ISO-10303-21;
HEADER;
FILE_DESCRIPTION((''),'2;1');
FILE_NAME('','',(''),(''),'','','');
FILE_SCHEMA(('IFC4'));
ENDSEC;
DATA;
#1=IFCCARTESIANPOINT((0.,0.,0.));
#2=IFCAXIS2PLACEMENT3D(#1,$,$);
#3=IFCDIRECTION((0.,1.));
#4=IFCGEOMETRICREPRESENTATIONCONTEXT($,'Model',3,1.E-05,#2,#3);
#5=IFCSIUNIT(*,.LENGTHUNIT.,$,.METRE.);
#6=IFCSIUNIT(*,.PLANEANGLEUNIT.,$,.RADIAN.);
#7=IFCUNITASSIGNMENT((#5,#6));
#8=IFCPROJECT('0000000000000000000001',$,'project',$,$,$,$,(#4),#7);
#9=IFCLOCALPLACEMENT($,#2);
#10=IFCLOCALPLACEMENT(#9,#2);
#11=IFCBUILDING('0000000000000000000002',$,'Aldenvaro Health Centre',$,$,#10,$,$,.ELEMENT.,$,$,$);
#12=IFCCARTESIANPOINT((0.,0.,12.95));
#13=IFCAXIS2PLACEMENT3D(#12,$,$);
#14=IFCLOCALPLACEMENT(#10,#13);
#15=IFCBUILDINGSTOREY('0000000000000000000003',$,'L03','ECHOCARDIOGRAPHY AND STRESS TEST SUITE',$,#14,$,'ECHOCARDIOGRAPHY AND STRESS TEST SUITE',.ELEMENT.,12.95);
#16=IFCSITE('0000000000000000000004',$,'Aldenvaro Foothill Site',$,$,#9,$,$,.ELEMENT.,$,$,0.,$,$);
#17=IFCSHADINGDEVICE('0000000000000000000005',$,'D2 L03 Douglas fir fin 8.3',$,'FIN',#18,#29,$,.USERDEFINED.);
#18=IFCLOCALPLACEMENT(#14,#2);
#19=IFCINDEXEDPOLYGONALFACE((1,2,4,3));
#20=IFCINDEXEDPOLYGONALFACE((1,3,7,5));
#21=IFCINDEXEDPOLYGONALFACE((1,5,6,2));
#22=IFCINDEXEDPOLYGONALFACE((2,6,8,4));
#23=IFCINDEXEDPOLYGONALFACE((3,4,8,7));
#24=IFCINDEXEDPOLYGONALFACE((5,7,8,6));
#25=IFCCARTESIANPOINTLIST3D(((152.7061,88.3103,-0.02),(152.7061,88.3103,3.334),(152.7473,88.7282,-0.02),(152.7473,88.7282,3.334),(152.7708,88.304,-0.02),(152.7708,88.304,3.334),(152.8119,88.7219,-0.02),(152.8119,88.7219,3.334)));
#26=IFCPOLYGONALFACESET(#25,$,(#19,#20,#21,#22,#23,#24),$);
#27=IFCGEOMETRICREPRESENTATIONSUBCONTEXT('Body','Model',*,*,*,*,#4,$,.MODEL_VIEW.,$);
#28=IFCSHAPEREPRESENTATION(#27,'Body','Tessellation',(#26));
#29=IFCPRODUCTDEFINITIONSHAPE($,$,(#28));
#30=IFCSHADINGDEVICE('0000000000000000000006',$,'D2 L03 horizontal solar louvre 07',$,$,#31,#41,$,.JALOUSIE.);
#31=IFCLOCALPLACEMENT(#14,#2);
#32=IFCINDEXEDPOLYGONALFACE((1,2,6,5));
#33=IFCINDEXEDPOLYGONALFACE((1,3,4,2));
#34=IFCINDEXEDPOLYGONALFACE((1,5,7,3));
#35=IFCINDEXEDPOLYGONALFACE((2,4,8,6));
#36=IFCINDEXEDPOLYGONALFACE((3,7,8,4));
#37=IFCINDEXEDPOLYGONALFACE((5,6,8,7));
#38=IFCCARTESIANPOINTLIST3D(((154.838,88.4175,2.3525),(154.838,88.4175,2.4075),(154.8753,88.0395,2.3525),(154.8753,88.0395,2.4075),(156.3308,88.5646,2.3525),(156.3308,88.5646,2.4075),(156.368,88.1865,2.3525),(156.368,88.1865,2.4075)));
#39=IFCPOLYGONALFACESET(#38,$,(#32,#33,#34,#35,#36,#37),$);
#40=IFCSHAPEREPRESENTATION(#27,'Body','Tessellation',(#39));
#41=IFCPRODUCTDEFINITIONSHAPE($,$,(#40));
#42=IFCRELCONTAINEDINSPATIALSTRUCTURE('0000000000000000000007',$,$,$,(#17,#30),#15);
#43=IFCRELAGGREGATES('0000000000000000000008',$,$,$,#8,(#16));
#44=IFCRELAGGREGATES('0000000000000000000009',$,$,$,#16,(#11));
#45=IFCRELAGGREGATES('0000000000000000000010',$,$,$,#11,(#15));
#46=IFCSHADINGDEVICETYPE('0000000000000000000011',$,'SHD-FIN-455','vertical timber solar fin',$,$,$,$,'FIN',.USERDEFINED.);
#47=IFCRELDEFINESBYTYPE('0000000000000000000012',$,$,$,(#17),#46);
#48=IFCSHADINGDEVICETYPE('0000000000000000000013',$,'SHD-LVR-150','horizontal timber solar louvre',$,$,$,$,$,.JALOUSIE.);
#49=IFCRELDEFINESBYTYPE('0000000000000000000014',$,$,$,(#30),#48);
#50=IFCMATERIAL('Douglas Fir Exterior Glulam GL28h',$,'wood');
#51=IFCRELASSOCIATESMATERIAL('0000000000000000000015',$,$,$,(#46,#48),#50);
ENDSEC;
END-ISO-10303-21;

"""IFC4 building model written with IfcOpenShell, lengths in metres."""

from ifc_helpers import new_model, si_unit, direction, frame, origin, origin_2d, place, context, subcontext, project, spatial, rectangle, extrude, material, type_object, element, save


model = new_model("IFC4")

# Units and contexts
model_context = context("Model", 3, precision=1e-05, world=origin(), true_north=direction((0.0, 1.0)))
body_context = subcontext(model_context, "Body", "Model", "MODEL_VIEW")
ifc_project = project(units=[si_unit("LENGTHUNIT", "METRE"), si_unit("PLANEANGLEUNIT", "RADIAN")], contexts=[model_context])

# Site, building, storey
site_placement = place(None, origin())
site = spatial("IfcSite", under=ifc_project, at=site_placement, Name="Aldenvaro Foothill Site", CompositionType="ELEMENT", RefElevation=0.0)
building_placement = place(site_placement, origin())
building = spatial("IfcBuilding", under=site, at=building_placement, Name="Aldenvaro Health Centre", CompositionType="ELEMENT")
storey_placement = place(building_placement, frame((0.0, 0.0, 12.95)))
storey = spatial("IfcBuildingStorey", under=building, at=storey_placement, Name="L03", Description="ECHOCARDIOGRAPHY AND STRESS TEST SUITE", LongName="ECHOCARDIOGRAPHY AND STRESS TEST SUITE", CompositionType="ELEMENT", Elevation=12.95)

# Shading devices
ifc_material_1 = material(Name="Douglas Fir Exterior Glulam GL28h", Category="wood")
shading_device_type_1 = type_object("IfcShadingDeviceType", Name="SHD-FIN-455", Description="vertical timber solar fin", ElementType="FIN", PredefinedType="USERDEFINED", material=ifc_material_1)
for number, where, z_axis, x_axis, name in (
    (1, (152.759, 88.5161, -0.02), (0.0, 0.0, 1.0), (-0.995183, 0.098032, 0.0), "D2 L03 Douglas fir fin 8.3"),
):
    element("IfcShadingDevice", number, at=place(storey_placement, frame(where, z_axis=z_axis, x_axis=x_axis)), inside=storey, type_object=shading_device_type_1, Name=name, ObjectType="FIN", PredefinedType="USERDEFINED", context=body_context, shape_type="SweptSolid", body=[
        extrude(rectangle(XDim=0.0649, YDim=0.4199, at=origin_2d()), origin(), (0.0, 0.0, 1.0), 3.354),
    ])
shading_device_type_2 = type_object("IfcShadingDeviceType", Name="SHD-LVR-150", Description="horizontal timber solar louvre", PredefinedType="JALOUSIE", material=ifc_material_1)
shading_device_1_placement = place(storey_placement, frame((155.603, 88.302, 2.3525), z_axis=(0.0, 0.0, 1.0), x_axis=(-0.995183, -0.098032, 0.0)))
element("IfcShadingDevice", 2, at=shading_device_1_placement, inside=storey, type_object=shading_device_type_2, Name="D2 L03 horizontal solar louvre 07", PredefinedType="JALOUSIE", context=body_context, shape_type="SweptSolid", body=[
    extrude(rectangle(XDim=1.5, YDim=0.3799, at=origin_2d()), origin(), (0.0, 0.0, 1.0), 0.0549),
])

save(model, "model.ifc")
